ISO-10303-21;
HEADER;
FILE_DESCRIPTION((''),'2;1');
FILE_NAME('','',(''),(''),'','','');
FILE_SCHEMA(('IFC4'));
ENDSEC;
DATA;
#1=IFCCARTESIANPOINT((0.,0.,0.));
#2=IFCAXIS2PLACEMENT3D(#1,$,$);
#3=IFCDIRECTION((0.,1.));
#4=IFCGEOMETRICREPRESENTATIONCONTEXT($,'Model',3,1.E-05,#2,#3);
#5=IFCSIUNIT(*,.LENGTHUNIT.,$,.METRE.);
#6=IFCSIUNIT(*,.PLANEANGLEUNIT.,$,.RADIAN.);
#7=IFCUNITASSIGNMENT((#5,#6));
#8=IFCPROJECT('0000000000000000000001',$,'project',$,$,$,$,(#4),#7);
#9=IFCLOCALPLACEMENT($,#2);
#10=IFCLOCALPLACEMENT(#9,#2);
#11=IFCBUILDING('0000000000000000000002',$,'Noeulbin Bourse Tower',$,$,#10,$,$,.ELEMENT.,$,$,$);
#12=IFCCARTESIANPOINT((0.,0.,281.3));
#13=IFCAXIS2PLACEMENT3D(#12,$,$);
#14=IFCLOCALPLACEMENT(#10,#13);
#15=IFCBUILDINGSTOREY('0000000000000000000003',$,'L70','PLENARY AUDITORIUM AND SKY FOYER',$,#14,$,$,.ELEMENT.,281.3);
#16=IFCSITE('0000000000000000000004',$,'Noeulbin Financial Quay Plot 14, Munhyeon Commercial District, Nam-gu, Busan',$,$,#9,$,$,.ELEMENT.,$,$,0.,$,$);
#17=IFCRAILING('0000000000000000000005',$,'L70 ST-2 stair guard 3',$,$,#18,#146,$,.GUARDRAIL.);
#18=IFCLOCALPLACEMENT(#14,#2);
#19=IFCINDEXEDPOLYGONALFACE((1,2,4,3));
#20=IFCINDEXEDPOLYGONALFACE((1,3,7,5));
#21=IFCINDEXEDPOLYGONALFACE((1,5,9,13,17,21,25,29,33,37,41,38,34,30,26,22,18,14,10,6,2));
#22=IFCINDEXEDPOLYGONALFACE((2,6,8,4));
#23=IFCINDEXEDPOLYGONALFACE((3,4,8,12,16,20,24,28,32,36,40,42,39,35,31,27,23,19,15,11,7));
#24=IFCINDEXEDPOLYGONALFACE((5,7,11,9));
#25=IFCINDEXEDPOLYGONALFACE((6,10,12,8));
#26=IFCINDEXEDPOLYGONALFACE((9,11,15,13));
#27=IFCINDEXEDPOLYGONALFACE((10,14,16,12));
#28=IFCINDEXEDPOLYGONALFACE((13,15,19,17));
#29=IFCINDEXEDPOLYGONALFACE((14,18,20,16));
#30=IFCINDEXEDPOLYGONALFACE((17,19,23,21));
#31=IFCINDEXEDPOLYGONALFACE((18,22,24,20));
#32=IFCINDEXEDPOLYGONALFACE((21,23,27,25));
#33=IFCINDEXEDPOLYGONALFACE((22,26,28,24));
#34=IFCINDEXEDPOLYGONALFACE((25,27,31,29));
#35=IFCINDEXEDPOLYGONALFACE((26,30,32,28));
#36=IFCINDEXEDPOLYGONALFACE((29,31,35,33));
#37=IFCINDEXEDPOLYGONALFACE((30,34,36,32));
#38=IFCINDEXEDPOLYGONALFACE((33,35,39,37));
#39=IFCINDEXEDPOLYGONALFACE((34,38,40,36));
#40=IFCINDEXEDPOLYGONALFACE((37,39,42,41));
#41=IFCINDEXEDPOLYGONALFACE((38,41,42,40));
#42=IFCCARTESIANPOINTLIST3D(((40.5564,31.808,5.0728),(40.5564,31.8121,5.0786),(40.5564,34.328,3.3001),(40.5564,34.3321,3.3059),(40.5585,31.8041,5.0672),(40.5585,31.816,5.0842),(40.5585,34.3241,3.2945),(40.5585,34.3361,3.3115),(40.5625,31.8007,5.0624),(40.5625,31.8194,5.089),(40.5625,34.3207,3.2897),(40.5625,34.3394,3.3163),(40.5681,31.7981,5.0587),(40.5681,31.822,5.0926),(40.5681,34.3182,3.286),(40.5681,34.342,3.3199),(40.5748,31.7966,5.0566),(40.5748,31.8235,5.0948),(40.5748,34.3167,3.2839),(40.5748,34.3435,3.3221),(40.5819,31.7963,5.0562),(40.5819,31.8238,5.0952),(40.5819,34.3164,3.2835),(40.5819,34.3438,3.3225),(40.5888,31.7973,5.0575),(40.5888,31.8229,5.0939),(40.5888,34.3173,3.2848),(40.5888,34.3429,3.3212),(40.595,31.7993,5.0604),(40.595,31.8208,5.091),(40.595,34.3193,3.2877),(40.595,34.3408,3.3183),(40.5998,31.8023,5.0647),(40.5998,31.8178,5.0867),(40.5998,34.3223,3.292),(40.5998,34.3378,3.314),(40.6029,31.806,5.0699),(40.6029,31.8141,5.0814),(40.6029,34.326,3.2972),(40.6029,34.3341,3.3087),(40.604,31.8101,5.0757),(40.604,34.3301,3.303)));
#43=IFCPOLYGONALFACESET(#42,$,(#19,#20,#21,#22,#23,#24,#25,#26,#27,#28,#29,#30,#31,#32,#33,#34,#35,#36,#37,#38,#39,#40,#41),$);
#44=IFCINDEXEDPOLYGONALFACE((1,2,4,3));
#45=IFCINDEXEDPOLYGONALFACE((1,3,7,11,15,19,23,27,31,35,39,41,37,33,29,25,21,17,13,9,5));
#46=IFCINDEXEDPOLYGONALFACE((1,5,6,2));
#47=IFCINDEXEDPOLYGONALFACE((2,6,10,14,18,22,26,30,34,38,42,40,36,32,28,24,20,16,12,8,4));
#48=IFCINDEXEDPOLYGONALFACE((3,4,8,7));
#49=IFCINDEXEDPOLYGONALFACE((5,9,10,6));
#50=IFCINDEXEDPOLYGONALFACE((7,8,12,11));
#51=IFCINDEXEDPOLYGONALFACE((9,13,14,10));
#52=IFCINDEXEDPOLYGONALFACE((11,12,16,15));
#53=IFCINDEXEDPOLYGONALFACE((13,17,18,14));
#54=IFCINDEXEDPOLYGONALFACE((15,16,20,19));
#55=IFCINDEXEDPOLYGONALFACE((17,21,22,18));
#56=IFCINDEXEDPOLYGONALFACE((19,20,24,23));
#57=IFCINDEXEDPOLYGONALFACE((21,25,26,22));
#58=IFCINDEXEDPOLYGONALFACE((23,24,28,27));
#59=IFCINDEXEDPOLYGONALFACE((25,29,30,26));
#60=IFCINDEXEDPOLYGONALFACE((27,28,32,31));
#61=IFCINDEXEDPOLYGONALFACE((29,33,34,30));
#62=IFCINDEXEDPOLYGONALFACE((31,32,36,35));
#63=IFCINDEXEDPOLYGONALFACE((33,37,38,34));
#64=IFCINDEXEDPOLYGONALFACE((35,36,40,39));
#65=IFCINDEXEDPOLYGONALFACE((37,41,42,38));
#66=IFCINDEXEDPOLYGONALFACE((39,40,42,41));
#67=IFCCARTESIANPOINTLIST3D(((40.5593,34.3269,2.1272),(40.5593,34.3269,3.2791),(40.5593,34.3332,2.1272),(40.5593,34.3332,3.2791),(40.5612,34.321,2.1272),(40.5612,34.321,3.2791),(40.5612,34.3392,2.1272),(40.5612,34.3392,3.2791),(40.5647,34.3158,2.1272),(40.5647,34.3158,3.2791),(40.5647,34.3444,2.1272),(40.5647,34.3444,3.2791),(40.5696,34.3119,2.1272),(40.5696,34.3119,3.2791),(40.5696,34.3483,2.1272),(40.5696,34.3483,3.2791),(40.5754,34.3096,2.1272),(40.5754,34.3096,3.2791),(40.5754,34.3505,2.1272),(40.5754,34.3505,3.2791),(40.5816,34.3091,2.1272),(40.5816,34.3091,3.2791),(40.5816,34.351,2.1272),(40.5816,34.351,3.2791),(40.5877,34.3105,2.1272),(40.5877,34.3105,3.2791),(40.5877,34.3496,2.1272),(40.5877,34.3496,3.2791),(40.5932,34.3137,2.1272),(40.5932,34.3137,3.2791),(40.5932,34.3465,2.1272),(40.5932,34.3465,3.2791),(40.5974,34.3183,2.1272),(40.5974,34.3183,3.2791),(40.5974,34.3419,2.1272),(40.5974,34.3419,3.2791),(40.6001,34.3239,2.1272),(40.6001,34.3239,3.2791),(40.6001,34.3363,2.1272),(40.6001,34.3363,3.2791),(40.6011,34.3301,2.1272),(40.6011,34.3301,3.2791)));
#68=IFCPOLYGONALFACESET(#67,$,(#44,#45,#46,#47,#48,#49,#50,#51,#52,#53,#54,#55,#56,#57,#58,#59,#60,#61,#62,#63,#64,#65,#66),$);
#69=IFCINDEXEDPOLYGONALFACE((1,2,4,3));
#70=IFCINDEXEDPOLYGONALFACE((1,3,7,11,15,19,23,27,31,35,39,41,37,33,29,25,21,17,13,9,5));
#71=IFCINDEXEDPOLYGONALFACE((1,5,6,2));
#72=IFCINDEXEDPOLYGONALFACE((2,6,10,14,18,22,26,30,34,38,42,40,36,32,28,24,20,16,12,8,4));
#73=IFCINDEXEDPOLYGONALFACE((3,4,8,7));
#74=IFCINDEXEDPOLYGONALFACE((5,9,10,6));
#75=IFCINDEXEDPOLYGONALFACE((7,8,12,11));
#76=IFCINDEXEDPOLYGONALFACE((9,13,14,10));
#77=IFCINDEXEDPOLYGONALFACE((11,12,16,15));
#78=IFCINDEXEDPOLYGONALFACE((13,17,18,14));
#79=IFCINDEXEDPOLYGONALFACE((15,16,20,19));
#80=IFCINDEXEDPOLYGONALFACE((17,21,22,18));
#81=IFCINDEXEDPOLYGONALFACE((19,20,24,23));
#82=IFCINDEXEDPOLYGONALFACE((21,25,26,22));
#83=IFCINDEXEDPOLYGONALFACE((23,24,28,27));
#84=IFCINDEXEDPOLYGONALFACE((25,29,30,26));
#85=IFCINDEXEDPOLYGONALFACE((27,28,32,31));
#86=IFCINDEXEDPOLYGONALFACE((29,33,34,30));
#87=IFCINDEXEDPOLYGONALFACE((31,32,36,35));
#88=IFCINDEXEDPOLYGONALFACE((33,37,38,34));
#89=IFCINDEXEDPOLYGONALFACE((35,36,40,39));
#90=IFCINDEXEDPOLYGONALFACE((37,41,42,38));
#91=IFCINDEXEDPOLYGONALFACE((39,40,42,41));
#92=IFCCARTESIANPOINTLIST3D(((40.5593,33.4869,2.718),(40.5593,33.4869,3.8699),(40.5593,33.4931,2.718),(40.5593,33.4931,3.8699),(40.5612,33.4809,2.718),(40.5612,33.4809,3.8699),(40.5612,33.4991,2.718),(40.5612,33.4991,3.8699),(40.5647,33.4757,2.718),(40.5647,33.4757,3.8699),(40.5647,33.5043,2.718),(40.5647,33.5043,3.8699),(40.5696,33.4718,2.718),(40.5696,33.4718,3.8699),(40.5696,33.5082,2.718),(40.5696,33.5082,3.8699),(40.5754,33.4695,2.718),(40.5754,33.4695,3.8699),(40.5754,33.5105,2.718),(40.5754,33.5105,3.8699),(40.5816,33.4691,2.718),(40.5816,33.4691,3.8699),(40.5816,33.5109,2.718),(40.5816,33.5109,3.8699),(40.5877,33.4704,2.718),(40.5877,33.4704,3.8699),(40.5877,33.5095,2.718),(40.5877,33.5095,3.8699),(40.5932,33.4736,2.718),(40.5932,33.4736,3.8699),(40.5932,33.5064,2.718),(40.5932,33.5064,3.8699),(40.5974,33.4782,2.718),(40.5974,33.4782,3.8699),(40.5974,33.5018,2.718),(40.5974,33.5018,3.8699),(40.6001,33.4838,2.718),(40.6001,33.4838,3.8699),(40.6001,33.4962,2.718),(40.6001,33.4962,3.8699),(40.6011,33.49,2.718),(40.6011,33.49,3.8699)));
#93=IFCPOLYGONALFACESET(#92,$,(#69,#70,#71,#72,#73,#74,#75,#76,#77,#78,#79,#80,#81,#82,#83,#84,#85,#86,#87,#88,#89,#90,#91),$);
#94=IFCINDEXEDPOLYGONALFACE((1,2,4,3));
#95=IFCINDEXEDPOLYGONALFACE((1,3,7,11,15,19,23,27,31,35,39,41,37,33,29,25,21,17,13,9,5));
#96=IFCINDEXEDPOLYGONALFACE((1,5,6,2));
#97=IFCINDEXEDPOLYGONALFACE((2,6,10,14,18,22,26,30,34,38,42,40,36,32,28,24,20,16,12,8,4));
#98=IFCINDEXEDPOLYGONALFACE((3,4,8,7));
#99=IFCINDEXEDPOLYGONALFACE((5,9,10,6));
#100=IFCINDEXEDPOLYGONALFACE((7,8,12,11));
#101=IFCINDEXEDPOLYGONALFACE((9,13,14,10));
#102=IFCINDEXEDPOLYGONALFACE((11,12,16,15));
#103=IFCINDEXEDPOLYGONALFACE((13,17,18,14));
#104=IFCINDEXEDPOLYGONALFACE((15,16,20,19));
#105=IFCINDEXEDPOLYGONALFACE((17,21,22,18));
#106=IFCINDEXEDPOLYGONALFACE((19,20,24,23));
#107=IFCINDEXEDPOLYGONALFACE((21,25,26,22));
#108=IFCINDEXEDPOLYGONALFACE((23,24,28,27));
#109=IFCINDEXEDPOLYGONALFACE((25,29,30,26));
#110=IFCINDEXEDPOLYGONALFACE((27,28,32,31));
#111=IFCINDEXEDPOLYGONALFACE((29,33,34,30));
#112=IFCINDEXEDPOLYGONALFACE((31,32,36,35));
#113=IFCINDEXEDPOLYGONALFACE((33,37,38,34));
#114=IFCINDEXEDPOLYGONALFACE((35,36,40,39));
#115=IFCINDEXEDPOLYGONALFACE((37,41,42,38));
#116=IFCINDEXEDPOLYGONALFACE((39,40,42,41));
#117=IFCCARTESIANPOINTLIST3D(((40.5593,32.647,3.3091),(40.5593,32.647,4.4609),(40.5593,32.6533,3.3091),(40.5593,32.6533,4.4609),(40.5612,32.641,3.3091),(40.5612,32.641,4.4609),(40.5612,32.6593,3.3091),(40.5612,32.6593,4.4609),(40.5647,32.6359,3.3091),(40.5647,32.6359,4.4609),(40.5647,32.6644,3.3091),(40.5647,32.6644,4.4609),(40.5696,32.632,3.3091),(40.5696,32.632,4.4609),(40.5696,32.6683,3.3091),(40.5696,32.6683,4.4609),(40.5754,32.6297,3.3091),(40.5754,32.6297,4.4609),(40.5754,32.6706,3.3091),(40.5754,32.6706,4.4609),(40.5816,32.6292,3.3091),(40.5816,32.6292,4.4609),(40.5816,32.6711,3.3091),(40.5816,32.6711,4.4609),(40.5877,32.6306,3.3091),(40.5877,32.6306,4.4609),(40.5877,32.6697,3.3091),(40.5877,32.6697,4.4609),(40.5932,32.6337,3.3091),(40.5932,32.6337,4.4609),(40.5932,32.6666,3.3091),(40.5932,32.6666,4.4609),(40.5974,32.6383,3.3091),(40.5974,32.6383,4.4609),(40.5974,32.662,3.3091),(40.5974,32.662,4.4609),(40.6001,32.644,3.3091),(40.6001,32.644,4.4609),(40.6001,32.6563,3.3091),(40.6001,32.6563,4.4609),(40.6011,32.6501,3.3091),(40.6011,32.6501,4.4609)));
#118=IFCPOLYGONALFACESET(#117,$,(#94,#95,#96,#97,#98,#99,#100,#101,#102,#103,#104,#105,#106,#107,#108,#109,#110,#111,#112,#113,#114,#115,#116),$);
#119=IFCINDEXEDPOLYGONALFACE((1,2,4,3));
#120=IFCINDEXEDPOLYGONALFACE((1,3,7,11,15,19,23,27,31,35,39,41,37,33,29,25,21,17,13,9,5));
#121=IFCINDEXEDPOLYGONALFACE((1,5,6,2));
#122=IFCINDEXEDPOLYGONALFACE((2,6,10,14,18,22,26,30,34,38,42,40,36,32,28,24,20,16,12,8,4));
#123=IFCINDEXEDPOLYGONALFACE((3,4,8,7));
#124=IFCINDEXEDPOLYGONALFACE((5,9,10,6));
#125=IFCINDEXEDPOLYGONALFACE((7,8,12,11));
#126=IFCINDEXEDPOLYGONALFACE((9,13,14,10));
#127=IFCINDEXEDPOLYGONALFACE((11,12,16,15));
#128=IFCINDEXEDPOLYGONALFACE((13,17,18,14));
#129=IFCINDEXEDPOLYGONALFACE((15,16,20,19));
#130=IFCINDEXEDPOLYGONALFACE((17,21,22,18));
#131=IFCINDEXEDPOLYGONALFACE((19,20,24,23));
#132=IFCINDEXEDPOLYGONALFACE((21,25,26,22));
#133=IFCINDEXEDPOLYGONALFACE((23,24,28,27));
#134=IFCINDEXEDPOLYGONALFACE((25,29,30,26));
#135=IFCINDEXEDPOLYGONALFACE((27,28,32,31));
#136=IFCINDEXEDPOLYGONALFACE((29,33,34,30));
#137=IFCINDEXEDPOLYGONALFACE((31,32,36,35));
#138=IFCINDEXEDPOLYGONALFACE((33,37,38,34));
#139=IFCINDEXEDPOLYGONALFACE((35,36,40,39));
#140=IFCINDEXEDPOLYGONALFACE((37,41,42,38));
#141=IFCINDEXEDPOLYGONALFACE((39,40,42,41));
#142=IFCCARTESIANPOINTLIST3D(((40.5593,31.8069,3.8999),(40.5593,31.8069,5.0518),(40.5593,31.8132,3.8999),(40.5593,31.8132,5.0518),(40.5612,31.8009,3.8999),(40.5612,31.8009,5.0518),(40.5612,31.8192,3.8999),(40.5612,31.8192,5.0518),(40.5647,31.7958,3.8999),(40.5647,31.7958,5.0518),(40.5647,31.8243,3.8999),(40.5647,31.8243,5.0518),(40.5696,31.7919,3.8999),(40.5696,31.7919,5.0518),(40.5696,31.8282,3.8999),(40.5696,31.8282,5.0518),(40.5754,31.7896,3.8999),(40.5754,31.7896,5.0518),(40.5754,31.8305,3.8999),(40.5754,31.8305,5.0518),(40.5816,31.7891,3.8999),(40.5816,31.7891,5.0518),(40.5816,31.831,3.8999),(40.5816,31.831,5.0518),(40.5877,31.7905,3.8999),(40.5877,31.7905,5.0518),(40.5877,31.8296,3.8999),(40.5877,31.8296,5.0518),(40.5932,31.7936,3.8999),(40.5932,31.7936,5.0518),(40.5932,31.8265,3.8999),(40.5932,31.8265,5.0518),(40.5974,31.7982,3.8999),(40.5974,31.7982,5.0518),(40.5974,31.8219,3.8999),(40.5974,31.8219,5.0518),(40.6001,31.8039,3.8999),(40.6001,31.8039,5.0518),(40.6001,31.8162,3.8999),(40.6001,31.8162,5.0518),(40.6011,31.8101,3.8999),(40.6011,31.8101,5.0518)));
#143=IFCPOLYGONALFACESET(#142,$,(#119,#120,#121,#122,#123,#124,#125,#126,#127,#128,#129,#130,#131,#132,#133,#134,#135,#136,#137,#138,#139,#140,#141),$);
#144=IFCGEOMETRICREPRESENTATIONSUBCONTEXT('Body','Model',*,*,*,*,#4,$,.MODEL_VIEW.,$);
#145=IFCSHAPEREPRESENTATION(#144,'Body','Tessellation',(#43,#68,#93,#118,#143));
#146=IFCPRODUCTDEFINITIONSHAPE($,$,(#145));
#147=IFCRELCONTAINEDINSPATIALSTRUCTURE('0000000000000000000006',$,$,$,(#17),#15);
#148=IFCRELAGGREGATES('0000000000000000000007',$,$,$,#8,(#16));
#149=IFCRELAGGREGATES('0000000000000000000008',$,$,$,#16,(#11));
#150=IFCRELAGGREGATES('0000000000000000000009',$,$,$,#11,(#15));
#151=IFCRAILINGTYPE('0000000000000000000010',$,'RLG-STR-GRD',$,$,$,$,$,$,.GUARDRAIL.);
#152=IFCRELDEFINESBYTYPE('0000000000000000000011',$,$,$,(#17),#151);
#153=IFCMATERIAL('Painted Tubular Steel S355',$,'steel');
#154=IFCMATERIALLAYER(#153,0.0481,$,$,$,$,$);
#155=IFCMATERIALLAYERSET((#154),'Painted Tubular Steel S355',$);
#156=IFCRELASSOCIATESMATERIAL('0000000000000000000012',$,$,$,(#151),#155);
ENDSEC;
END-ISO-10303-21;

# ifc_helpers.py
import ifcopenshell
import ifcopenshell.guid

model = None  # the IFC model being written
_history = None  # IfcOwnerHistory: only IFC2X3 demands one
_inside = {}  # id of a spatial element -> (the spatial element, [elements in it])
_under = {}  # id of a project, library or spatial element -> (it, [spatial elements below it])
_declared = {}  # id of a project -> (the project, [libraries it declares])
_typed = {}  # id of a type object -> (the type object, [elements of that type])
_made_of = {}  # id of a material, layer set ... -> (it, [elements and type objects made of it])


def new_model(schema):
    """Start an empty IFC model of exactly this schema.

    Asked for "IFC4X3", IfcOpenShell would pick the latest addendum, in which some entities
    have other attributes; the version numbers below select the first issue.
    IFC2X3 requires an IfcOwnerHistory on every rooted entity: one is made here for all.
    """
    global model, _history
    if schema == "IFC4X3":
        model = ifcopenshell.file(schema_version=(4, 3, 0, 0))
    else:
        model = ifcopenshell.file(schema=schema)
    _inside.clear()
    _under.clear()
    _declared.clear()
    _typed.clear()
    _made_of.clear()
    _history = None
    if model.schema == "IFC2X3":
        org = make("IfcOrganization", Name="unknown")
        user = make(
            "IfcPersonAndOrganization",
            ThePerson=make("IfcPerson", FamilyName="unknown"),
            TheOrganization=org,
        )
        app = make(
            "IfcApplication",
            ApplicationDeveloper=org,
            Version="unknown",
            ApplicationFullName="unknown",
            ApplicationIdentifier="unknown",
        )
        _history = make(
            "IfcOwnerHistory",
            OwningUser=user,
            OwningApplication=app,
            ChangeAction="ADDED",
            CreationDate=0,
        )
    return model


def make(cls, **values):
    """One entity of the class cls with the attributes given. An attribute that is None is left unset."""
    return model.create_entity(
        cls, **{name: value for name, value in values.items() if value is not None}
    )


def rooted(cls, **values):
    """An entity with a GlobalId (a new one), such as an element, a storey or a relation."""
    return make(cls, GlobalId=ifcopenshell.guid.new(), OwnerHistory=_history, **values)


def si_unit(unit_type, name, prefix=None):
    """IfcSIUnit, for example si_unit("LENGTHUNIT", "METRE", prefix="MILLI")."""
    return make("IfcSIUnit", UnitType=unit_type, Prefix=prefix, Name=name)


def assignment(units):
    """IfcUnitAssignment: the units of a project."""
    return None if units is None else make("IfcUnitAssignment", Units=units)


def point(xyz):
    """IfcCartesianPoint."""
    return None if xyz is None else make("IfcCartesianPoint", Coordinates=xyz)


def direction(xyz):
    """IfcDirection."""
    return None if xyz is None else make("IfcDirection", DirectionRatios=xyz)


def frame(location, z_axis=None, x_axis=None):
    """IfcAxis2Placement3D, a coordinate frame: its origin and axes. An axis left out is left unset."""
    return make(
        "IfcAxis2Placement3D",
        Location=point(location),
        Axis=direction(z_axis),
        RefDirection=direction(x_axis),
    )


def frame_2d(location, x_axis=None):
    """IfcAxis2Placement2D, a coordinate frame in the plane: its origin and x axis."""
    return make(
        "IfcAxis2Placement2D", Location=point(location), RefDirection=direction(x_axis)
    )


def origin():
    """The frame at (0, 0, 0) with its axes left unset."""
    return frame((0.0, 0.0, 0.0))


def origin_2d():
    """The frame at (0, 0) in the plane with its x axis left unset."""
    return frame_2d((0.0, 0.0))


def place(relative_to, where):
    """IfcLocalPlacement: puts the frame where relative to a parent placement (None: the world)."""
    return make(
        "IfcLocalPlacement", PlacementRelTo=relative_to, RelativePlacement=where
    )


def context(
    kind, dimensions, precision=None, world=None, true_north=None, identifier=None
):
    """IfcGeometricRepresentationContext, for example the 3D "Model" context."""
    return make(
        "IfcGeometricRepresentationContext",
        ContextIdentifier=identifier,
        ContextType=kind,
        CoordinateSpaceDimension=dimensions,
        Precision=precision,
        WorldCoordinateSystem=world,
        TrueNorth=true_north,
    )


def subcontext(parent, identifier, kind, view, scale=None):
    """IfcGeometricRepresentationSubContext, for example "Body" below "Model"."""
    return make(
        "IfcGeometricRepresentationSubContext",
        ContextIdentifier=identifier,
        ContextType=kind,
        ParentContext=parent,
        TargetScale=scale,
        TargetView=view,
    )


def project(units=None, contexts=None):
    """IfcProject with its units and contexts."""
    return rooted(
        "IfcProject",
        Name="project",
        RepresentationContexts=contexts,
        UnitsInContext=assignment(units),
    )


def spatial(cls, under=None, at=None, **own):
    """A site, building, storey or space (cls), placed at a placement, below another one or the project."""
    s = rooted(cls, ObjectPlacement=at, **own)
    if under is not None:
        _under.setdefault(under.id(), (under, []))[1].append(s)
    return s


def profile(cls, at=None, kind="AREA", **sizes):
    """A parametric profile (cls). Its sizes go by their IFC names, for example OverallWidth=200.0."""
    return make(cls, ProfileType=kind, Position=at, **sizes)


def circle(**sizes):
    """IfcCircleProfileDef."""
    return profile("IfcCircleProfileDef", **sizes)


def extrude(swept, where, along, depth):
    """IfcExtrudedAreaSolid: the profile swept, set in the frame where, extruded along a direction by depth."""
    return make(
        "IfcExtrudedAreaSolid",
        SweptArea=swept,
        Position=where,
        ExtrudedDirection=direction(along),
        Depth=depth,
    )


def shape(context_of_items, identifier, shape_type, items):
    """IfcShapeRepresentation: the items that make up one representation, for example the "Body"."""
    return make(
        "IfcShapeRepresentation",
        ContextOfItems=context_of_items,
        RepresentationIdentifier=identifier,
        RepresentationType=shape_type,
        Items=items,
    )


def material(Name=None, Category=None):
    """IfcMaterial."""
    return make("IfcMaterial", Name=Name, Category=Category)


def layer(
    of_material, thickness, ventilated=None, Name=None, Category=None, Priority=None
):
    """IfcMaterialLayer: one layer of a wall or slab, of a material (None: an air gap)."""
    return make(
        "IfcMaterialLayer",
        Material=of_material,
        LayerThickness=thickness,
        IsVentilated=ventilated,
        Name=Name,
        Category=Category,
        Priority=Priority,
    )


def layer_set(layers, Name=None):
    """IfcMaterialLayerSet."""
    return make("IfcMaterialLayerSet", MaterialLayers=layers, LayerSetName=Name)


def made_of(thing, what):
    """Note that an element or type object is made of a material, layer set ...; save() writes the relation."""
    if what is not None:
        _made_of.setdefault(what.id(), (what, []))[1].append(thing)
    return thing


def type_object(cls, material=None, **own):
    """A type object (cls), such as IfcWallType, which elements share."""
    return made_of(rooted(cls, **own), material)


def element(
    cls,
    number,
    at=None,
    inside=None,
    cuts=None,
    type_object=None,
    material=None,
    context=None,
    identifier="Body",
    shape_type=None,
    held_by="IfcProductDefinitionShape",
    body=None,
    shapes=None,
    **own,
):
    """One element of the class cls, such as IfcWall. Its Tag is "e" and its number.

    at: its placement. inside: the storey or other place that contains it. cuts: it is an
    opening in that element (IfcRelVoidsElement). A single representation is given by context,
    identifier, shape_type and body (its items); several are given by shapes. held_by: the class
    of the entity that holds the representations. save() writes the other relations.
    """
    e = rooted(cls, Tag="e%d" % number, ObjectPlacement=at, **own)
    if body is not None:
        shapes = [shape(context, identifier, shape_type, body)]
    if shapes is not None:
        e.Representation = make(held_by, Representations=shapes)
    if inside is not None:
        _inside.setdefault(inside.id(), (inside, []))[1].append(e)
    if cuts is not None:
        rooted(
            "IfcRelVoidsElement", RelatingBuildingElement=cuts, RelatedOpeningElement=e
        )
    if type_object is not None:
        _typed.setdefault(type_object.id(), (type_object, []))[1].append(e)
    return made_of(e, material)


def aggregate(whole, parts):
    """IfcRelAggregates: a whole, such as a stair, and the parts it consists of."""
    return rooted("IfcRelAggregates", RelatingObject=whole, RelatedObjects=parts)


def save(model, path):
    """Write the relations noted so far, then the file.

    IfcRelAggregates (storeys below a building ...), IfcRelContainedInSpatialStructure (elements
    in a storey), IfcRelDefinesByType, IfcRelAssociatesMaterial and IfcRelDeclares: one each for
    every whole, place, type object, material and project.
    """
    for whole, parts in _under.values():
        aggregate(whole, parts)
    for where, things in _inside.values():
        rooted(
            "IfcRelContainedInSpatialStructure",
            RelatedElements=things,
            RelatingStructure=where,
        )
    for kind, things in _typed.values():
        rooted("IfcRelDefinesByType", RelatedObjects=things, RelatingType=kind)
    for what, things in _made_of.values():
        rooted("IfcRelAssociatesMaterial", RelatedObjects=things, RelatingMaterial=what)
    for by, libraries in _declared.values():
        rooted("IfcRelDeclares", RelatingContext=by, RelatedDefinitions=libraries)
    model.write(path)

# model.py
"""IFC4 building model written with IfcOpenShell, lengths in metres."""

from ifc_helpers import new_model, si_unit, direction, frame, origin, origin_2d, place, context, subcontext, project, spatial, circle, extrude, material, layer, layer_set, type_object, element, save


model = new_model("IFC4")

# Units and contexts
model_context = context("Model", 3, precision=1e-05, world=origin(), true_north=direction((0.0, 1.0)))
body_context = subcontext(model_context, "Body", "Model", "MODEL_VIEW")
ifc_project = project(units=[si_unit("LENGTHUNIT", "METRE"), si_unit("PLANEANGLEUNIT", "RADIAN")], contexts=[model_context])

# Site, building, storey
site_placement = place(None, origin())
site = spatial("IfcSite", under=ifc_project, at=site_placement, Name="Noeulbin Financial Quay Plot 14, Munhyeon Commercial District, Nam-gu, Busan", CompositionType="ELEMENT", RefElevation=0.0)
building_placement = place(site_placement, origin())
building = spatial("IfcBuilding", under=site, at=building_placement, Name="Noeulbin Bourse Tower", CompositionType="ELEMENT")
storey_placement = place(building_placement, frame((0.0, 0.0, 281.3)))
storey = spatial("IfcBuildingStorey", under=building, at=storey_placement, Name="L70", Description="PLENARY AUDITORIUM AND SKY FOYER", CompositionType="ELEMENT", Elevation=281.3)

# Railing
ifc_material_1 = material(Name="Painted Tubular Steel S355", Category="steel")
ifc_layer_1 = layer(ifc_material_1, 0.0481)
ifc_layer_set_1 = layer_set([ifc_layer_1], Name="Painted Tubular Steel S355")
railing_type_1 = type_object("IfcRailingType", Name="RLG-STR-GRD", PredefinedType="GUARDRAIL", material=ifc_layer_set_1)
railing_1_placement = place(storey_placement, frame((40.5801, 34.3301, 2.1272)))
element("IfcRailing", 1, at=railing_1_placement, inside=storey, type_object=railing_type_1, Name="L70 ST-2 stair guard 3", PredefinedType="GUARDRAIL", context=body_context, shape_type="SweptSolid", body=[
    extrude(circle(Radius=0.0239, at=origin_2d()), frame((0.0, 0.0, 1.1758), z_axis=(0.0, -0.817904, 0.575354), x_axis=(1.0, 0.0, 0.0)), (0.0, 0.0, 1.0), 3.0811),
    extrude(circle(Radius=0.021, at=origin_2d()), origin(), (0.0, 0.0, 1.0), 1.1519),
    extrude(circle(Radius=0.021, at=origin_2d()), frame((0.0, -0.8401, 0.5908)), (0.0, 0.0, 1.0), 1.1519),
    extrude(circle(Radius=0.021, at=origin_2d()), frame((0.0, -1.6799, 1.1819)), (0.0, 0.0, 1.0), 1.1519),
    extrude(circle(Radius=0.021, at=origin_2d()), frame((0.0, -2.52, 1.7727)), (0.0, 0.0, 1.0), 1.1519),
])

save(model, "model.ifc")
